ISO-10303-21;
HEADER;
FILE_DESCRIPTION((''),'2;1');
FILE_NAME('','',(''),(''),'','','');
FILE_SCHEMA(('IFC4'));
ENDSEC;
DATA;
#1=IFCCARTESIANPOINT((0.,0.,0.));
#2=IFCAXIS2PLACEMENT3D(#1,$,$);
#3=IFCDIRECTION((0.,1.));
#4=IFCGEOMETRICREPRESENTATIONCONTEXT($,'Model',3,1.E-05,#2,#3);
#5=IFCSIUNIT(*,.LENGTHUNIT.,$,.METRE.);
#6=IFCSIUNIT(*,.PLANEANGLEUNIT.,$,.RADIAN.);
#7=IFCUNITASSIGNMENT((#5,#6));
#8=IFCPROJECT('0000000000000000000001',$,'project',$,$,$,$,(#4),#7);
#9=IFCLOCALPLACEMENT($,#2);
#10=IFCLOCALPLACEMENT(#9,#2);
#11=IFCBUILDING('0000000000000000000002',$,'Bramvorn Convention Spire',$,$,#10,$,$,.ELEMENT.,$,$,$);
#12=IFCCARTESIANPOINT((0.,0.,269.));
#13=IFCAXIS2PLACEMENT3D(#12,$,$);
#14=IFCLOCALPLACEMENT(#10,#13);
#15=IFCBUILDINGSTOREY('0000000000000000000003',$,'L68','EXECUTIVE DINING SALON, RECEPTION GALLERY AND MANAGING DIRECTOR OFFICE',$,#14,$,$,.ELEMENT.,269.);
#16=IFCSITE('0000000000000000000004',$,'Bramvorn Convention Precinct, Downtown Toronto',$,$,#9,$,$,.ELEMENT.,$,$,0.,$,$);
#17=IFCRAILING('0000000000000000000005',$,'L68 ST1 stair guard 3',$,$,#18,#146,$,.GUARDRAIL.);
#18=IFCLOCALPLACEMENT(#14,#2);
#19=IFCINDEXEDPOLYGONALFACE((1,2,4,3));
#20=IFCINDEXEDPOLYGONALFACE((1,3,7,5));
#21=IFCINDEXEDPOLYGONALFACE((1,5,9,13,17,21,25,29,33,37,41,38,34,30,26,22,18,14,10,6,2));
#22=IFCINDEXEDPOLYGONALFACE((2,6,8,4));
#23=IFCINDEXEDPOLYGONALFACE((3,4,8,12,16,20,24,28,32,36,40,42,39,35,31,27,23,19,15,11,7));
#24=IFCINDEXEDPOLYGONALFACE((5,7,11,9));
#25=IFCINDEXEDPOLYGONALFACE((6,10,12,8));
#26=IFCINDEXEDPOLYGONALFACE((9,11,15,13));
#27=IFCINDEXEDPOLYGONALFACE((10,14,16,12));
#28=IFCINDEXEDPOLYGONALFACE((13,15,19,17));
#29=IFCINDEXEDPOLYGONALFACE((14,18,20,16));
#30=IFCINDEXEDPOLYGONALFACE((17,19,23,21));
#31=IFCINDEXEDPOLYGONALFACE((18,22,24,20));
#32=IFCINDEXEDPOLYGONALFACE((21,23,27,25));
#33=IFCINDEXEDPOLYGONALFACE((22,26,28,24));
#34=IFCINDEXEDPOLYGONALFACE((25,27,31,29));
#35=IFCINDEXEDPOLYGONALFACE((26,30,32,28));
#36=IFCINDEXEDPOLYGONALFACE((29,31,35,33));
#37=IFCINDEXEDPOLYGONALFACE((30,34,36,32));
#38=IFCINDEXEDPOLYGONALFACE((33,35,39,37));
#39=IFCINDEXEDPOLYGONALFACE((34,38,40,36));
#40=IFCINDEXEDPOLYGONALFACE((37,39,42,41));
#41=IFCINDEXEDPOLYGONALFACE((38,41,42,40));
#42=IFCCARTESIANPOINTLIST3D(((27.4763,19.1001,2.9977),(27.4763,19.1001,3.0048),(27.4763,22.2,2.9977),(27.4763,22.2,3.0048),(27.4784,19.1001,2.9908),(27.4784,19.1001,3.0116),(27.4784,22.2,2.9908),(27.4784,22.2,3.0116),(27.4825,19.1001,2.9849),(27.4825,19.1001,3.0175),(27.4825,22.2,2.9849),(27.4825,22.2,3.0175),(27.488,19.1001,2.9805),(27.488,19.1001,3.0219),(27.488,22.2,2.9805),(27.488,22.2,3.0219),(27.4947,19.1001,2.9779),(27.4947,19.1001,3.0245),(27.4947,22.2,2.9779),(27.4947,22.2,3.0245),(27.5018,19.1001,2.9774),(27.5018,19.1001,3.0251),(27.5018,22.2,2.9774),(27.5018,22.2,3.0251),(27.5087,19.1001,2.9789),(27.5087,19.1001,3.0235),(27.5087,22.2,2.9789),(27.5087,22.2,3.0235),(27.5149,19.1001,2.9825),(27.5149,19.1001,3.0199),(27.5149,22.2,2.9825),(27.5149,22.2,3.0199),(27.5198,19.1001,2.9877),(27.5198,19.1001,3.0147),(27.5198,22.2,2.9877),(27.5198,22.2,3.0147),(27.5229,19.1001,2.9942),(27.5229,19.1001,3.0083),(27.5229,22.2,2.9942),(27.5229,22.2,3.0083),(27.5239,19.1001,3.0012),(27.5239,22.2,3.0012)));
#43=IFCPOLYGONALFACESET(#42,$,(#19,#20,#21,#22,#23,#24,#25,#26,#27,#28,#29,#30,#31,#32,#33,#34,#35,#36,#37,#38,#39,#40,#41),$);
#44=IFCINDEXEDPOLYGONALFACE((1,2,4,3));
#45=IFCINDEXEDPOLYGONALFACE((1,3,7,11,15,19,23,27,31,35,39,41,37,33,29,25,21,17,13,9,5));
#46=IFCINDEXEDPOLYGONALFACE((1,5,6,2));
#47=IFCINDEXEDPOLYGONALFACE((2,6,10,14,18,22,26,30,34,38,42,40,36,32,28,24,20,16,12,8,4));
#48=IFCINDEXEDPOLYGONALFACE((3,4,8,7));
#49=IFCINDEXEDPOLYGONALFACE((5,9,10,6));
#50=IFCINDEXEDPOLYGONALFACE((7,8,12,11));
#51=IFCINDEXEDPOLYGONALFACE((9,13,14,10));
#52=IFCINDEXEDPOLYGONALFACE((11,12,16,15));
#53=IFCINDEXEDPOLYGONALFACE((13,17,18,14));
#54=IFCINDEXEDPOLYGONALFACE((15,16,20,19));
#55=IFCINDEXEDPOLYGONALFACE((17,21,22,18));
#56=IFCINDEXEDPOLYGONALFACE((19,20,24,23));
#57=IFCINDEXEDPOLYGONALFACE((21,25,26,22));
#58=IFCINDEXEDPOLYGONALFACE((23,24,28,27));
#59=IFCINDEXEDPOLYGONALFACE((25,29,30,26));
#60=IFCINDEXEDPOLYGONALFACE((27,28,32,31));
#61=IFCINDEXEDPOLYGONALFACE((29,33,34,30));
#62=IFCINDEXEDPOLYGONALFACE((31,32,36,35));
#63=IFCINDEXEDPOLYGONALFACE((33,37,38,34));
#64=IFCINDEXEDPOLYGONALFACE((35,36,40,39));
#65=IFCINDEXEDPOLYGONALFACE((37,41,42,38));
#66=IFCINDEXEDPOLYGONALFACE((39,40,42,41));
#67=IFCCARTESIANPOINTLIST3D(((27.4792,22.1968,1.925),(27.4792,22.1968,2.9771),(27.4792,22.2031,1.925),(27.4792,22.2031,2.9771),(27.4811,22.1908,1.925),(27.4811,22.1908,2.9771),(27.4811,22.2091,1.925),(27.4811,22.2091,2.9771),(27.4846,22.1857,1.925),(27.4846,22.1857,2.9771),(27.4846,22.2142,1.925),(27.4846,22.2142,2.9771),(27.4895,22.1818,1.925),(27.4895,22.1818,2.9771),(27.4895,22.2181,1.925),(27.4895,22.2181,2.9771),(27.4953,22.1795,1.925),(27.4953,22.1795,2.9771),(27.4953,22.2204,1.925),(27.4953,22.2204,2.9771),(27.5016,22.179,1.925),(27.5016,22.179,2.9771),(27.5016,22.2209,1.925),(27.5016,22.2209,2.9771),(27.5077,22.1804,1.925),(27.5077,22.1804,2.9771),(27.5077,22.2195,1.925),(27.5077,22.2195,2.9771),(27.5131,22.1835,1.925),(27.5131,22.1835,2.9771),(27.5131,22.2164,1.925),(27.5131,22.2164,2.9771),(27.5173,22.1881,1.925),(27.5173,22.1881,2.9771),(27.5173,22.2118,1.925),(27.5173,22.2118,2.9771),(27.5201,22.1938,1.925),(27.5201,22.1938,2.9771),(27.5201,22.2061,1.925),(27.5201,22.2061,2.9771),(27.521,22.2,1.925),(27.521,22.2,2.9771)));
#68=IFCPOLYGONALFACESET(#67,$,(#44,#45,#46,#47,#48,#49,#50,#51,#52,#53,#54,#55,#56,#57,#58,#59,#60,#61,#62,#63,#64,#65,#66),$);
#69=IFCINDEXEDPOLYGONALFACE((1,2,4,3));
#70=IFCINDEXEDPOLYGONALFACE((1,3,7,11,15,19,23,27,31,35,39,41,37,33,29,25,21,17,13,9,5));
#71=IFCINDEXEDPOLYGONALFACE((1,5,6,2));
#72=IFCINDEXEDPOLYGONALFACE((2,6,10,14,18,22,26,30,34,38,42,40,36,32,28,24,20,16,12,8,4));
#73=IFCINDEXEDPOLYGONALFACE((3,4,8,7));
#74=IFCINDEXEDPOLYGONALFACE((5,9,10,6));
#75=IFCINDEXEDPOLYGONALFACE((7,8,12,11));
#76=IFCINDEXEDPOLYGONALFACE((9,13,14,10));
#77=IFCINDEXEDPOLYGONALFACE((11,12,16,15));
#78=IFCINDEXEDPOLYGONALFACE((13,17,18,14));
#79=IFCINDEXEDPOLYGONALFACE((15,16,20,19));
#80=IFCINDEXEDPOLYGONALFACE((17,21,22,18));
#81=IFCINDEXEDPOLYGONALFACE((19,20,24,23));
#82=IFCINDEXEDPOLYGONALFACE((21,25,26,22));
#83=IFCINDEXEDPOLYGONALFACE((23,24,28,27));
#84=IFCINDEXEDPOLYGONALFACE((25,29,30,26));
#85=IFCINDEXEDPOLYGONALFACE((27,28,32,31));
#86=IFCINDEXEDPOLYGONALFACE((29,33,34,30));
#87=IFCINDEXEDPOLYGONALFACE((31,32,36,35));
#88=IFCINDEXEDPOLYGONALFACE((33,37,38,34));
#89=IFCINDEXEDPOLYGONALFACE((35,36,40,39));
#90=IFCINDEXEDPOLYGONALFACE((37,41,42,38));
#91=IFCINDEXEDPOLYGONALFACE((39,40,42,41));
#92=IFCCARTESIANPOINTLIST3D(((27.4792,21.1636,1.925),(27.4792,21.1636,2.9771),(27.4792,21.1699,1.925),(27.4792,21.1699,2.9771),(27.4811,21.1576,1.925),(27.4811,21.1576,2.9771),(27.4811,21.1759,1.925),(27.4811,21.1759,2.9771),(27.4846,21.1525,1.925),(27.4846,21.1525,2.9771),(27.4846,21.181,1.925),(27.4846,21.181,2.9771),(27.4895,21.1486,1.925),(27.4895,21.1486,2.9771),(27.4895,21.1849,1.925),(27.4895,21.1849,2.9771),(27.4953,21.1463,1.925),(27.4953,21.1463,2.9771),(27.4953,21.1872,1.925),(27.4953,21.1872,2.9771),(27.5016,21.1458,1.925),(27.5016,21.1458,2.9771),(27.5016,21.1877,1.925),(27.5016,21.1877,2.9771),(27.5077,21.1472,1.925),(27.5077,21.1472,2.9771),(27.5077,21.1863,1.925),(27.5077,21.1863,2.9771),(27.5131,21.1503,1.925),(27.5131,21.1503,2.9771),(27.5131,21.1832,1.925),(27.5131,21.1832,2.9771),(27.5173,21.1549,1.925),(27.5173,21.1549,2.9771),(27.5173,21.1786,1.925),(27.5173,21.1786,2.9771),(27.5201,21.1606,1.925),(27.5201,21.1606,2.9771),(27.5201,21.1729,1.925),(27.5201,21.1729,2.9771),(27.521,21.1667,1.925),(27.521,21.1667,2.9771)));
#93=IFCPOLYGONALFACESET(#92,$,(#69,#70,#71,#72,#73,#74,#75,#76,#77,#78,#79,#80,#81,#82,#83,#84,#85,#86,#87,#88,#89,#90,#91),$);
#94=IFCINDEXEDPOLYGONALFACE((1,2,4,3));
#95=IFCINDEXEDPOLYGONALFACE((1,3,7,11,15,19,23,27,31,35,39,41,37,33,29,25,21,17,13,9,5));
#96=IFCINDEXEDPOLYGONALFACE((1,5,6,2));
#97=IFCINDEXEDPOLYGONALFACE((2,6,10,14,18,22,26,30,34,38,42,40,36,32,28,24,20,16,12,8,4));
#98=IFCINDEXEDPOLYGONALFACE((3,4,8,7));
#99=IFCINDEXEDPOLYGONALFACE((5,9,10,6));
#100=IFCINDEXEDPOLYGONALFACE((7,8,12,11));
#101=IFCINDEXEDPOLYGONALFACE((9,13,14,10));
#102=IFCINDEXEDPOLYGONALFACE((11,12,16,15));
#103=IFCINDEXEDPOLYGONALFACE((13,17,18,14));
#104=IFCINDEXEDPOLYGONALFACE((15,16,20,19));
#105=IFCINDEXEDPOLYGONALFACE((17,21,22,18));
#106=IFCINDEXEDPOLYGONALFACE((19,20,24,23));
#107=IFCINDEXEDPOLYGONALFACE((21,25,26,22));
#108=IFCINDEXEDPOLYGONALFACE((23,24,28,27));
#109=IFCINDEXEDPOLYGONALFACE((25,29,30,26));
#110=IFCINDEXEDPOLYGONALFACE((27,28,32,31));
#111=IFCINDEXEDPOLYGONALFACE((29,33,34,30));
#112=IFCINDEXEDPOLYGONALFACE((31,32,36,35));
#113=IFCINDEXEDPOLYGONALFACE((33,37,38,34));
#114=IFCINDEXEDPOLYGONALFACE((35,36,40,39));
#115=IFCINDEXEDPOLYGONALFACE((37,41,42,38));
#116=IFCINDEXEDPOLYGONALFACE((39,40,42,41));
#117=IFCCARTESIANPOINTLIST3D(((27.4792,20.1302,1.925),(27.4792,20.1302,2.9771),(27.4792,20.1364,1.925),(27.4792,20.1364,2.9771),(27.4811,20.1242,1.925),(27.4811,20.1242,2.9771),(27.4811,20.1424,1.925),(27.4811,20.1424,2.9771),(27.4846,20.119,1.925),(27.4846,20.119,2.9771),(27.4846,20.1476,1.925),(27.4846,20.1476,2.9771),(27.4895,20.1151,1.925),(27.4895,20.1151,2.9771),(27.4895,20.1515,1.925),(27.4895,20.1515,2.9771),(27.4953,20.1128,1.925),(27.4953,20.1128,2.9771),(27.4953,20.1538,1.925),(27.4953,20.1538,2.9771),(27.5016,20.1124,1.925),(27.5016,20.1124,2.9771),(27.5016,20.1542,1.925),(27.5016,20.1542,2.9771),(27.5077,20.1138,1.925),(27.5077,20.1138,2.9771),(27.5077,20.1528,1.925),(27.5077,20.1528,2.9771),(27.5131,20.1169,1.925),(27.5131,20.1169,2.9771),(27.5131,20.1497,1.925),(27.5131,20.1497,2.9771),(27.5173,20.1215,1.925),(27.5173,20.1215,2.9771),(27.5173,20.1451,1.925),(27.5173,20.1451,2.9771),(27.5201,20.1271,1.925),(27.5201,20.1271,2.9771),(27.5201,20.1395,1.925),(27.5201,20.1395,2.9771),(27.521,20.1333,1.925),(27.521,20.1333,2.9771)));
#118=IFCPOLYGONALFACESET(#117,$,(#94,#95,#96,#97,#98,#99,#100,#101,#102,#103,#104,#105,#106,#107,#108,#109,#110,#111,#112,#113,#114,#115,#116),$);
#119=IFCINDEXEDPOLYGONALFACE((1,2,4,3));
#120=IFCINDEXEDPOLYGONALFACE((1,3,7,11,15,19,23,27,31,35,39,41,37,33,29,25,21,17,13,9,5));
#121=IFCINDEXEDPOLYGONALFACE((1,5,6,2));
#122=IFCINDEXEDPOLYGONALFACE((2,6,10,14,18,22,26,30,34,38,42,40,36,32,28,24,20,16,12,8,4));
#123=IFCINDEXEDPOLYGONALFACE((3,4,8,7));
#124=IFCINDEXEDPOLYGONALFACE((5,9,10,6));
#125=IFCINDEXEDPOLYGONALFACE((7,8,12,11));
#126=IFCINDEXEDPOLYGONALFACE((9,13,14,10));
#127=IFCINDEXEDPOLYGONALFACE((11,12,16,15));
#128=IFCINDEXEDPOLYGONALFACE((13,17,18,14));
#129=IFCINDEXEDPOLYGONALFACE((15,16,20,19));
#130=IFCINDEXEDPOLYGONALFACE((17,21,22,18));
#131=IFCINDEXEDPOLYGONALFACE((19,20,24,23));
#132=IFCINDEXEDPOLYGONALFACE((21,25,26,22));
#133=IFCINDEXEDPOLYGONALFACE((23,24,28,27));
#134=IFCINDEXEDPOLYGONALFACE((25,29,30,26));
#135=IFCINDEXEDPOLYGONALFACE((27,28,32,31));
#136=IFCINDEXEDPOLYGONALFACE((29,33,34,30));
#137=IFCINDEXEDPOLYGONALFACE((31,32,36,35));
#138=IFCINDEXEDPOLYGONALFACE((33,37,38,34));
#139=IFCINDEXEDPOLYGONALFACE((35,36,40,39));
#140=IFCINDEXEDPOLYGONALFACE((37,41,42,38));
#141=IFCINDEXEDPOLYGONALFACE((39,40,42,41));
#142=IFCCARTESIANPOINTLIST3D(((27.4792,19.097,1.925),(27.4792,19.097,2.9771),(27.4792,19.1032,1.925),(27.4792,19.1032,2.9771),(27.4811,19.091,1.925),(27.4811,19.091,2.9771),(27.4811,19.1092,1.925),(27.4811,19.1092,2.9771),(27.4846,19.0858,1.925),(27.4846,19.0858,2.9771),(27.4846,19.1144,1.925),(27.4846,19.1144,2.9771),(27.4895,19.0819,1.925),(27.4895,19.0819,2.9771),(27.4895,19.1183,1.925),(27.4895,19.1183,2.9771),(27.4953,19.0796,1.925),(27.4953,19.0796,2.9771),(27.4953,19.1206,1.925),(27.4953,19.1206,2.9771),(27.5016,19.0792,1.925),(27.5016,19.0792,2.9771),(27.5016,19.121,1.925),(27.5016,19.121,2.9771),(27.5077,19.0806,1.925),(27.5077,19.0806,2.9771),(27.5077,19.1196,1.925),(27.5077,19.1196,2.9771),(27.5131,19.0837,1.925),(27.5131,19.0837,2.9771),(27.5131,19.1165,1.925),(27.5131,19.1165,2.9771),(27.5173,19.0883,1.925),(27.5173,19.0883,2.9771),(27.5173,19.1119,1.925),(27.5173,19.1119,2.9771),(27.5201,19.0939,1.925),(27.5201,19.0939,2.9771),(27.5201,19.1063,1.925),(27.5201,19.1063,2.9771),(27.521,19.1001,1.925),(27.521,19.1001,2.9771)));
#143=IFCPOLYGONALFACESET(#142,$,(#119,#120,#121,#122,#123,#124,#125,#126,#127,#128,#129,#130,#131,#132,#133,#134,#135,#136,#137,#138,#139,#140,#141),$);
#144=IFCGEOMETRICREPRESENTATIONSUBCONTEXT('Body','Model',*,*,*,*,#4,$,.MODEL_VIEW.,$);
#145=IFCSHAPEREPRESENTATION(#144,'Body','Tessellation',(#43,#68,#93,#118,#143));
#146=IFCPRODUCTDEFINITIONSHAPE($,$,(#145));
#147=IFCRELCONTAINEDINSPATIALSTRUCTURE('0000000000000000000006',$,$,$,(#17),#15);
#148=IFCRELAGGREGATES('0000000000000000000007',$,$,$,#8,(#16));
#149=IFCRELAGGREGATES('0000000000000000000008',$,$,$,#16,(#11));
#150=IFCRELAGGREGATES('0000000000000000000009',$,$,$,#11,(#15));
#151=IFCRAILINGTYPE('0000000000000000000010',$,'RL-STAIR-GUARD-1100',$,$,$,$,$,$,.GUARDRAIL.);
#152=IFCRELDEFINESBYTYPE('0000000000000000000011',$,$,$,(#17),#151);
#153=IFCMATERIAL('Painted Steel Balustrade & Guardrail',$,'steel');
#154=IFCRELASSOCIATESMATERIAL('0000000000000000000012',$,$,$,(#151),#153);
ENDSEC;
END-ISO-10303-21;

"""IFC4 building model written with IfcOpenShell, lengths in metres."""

from ifc_helpers import new_model, si_unit, direction, frame, origin, origin_2d, place, context, subcontext, project, spatial, circle, extrude, material, type_object, element, save


model = new_model("IFC4")

# Units and contexts
model_context = context("Model", 3, precision=1e-05, world=origin(), true_north=direction((0.0, 1.0)))
body_context = subcontext(model_context, "Body", "Model", "MODEL_VIEW")
ifc_project = project(units=[si_unit("LENGTHUNIT", "METRE"), si_unit("PLANEANGLEUNIT", "RADIAN")], contexts=[model_context])

# Site, building, storey
site_placement = place(None, origin())
site = spatial("IfcSite", under=ifc_project, at=site_placement, Name="Bramvorn Convention Precinct, Downtown Toronto", CompositionType="ELEMENT", RefElevation=0.0)
building_placement = place(site_placement, origin())
building = spatial("IfcBuilding", under=site, at=building_placement, Name="Bramvorn Convention Spire", CompositionType="ELEMENT")
storey_placement = place(building_placement, frame((0.0, 0.0, 269.0)))
storey = spatial("IfcBuildingStorey", under=building, at=storey_placement, Name="L68", Description="EXECUTIVE DINING SALON, RECEPTION GALLERY AND MANAGING DIRECTOR OFFICE", CompositionType="ELEMENT", Elevation=269.0)

# Railing
ifc_material_1 = material(Name="Painted Steel Balustrade & Guardrail", Category="steel")
railing_type = type_object("IfcRailingType", Name="RL-STAIR-GUARD-1100", PredefinedType="GUARDRAIL", material=ifc_material_1)
railing_1_placement = place(storey_placement, frame((27.5, 22.2, 1.925)))
element("IfcRailing", 1, at=railing_1_placement, inside=storey, type_object=railing_type, Name="L68 ST1 stair guard 3", PredefinedType="GUARDRAIL", context=body_context, shape_type="SweptSolid", body=[
    extrude(circle(Radius=0.0239, at=origin_2d()), frame((0.0, 0.0, 1.0762), z_axis=(0.0, -1.0, 0.0), x_axis=(1.0, 0.0, 0.0)), (0.0, 0.0, 1.0), 3.0999),
    extrude(circle(Radius=0.021, at=origin_2d()), origin(), (0.0, 0.0, 1.0), 1.052),
    extrude(circle(Radius=0.021, at=origin_2d()), frame((0.0, -1.0332, 0.0)), (0.0, 0.0, 1.0), 1.052),
    extrude(circle(Radius=0.021, at=origin_2d()), frame((0.0, -2.0667, 0.0)), (0.0, 0.0, 1.0), 1.052),
    extrude(circle(Radius=0.021, at=origin_2d()), frame((0.0, -3.0999, 0.0)), (0.0, 0.0, 1.0), 1.052),
])

save(model, "model.ifc")
